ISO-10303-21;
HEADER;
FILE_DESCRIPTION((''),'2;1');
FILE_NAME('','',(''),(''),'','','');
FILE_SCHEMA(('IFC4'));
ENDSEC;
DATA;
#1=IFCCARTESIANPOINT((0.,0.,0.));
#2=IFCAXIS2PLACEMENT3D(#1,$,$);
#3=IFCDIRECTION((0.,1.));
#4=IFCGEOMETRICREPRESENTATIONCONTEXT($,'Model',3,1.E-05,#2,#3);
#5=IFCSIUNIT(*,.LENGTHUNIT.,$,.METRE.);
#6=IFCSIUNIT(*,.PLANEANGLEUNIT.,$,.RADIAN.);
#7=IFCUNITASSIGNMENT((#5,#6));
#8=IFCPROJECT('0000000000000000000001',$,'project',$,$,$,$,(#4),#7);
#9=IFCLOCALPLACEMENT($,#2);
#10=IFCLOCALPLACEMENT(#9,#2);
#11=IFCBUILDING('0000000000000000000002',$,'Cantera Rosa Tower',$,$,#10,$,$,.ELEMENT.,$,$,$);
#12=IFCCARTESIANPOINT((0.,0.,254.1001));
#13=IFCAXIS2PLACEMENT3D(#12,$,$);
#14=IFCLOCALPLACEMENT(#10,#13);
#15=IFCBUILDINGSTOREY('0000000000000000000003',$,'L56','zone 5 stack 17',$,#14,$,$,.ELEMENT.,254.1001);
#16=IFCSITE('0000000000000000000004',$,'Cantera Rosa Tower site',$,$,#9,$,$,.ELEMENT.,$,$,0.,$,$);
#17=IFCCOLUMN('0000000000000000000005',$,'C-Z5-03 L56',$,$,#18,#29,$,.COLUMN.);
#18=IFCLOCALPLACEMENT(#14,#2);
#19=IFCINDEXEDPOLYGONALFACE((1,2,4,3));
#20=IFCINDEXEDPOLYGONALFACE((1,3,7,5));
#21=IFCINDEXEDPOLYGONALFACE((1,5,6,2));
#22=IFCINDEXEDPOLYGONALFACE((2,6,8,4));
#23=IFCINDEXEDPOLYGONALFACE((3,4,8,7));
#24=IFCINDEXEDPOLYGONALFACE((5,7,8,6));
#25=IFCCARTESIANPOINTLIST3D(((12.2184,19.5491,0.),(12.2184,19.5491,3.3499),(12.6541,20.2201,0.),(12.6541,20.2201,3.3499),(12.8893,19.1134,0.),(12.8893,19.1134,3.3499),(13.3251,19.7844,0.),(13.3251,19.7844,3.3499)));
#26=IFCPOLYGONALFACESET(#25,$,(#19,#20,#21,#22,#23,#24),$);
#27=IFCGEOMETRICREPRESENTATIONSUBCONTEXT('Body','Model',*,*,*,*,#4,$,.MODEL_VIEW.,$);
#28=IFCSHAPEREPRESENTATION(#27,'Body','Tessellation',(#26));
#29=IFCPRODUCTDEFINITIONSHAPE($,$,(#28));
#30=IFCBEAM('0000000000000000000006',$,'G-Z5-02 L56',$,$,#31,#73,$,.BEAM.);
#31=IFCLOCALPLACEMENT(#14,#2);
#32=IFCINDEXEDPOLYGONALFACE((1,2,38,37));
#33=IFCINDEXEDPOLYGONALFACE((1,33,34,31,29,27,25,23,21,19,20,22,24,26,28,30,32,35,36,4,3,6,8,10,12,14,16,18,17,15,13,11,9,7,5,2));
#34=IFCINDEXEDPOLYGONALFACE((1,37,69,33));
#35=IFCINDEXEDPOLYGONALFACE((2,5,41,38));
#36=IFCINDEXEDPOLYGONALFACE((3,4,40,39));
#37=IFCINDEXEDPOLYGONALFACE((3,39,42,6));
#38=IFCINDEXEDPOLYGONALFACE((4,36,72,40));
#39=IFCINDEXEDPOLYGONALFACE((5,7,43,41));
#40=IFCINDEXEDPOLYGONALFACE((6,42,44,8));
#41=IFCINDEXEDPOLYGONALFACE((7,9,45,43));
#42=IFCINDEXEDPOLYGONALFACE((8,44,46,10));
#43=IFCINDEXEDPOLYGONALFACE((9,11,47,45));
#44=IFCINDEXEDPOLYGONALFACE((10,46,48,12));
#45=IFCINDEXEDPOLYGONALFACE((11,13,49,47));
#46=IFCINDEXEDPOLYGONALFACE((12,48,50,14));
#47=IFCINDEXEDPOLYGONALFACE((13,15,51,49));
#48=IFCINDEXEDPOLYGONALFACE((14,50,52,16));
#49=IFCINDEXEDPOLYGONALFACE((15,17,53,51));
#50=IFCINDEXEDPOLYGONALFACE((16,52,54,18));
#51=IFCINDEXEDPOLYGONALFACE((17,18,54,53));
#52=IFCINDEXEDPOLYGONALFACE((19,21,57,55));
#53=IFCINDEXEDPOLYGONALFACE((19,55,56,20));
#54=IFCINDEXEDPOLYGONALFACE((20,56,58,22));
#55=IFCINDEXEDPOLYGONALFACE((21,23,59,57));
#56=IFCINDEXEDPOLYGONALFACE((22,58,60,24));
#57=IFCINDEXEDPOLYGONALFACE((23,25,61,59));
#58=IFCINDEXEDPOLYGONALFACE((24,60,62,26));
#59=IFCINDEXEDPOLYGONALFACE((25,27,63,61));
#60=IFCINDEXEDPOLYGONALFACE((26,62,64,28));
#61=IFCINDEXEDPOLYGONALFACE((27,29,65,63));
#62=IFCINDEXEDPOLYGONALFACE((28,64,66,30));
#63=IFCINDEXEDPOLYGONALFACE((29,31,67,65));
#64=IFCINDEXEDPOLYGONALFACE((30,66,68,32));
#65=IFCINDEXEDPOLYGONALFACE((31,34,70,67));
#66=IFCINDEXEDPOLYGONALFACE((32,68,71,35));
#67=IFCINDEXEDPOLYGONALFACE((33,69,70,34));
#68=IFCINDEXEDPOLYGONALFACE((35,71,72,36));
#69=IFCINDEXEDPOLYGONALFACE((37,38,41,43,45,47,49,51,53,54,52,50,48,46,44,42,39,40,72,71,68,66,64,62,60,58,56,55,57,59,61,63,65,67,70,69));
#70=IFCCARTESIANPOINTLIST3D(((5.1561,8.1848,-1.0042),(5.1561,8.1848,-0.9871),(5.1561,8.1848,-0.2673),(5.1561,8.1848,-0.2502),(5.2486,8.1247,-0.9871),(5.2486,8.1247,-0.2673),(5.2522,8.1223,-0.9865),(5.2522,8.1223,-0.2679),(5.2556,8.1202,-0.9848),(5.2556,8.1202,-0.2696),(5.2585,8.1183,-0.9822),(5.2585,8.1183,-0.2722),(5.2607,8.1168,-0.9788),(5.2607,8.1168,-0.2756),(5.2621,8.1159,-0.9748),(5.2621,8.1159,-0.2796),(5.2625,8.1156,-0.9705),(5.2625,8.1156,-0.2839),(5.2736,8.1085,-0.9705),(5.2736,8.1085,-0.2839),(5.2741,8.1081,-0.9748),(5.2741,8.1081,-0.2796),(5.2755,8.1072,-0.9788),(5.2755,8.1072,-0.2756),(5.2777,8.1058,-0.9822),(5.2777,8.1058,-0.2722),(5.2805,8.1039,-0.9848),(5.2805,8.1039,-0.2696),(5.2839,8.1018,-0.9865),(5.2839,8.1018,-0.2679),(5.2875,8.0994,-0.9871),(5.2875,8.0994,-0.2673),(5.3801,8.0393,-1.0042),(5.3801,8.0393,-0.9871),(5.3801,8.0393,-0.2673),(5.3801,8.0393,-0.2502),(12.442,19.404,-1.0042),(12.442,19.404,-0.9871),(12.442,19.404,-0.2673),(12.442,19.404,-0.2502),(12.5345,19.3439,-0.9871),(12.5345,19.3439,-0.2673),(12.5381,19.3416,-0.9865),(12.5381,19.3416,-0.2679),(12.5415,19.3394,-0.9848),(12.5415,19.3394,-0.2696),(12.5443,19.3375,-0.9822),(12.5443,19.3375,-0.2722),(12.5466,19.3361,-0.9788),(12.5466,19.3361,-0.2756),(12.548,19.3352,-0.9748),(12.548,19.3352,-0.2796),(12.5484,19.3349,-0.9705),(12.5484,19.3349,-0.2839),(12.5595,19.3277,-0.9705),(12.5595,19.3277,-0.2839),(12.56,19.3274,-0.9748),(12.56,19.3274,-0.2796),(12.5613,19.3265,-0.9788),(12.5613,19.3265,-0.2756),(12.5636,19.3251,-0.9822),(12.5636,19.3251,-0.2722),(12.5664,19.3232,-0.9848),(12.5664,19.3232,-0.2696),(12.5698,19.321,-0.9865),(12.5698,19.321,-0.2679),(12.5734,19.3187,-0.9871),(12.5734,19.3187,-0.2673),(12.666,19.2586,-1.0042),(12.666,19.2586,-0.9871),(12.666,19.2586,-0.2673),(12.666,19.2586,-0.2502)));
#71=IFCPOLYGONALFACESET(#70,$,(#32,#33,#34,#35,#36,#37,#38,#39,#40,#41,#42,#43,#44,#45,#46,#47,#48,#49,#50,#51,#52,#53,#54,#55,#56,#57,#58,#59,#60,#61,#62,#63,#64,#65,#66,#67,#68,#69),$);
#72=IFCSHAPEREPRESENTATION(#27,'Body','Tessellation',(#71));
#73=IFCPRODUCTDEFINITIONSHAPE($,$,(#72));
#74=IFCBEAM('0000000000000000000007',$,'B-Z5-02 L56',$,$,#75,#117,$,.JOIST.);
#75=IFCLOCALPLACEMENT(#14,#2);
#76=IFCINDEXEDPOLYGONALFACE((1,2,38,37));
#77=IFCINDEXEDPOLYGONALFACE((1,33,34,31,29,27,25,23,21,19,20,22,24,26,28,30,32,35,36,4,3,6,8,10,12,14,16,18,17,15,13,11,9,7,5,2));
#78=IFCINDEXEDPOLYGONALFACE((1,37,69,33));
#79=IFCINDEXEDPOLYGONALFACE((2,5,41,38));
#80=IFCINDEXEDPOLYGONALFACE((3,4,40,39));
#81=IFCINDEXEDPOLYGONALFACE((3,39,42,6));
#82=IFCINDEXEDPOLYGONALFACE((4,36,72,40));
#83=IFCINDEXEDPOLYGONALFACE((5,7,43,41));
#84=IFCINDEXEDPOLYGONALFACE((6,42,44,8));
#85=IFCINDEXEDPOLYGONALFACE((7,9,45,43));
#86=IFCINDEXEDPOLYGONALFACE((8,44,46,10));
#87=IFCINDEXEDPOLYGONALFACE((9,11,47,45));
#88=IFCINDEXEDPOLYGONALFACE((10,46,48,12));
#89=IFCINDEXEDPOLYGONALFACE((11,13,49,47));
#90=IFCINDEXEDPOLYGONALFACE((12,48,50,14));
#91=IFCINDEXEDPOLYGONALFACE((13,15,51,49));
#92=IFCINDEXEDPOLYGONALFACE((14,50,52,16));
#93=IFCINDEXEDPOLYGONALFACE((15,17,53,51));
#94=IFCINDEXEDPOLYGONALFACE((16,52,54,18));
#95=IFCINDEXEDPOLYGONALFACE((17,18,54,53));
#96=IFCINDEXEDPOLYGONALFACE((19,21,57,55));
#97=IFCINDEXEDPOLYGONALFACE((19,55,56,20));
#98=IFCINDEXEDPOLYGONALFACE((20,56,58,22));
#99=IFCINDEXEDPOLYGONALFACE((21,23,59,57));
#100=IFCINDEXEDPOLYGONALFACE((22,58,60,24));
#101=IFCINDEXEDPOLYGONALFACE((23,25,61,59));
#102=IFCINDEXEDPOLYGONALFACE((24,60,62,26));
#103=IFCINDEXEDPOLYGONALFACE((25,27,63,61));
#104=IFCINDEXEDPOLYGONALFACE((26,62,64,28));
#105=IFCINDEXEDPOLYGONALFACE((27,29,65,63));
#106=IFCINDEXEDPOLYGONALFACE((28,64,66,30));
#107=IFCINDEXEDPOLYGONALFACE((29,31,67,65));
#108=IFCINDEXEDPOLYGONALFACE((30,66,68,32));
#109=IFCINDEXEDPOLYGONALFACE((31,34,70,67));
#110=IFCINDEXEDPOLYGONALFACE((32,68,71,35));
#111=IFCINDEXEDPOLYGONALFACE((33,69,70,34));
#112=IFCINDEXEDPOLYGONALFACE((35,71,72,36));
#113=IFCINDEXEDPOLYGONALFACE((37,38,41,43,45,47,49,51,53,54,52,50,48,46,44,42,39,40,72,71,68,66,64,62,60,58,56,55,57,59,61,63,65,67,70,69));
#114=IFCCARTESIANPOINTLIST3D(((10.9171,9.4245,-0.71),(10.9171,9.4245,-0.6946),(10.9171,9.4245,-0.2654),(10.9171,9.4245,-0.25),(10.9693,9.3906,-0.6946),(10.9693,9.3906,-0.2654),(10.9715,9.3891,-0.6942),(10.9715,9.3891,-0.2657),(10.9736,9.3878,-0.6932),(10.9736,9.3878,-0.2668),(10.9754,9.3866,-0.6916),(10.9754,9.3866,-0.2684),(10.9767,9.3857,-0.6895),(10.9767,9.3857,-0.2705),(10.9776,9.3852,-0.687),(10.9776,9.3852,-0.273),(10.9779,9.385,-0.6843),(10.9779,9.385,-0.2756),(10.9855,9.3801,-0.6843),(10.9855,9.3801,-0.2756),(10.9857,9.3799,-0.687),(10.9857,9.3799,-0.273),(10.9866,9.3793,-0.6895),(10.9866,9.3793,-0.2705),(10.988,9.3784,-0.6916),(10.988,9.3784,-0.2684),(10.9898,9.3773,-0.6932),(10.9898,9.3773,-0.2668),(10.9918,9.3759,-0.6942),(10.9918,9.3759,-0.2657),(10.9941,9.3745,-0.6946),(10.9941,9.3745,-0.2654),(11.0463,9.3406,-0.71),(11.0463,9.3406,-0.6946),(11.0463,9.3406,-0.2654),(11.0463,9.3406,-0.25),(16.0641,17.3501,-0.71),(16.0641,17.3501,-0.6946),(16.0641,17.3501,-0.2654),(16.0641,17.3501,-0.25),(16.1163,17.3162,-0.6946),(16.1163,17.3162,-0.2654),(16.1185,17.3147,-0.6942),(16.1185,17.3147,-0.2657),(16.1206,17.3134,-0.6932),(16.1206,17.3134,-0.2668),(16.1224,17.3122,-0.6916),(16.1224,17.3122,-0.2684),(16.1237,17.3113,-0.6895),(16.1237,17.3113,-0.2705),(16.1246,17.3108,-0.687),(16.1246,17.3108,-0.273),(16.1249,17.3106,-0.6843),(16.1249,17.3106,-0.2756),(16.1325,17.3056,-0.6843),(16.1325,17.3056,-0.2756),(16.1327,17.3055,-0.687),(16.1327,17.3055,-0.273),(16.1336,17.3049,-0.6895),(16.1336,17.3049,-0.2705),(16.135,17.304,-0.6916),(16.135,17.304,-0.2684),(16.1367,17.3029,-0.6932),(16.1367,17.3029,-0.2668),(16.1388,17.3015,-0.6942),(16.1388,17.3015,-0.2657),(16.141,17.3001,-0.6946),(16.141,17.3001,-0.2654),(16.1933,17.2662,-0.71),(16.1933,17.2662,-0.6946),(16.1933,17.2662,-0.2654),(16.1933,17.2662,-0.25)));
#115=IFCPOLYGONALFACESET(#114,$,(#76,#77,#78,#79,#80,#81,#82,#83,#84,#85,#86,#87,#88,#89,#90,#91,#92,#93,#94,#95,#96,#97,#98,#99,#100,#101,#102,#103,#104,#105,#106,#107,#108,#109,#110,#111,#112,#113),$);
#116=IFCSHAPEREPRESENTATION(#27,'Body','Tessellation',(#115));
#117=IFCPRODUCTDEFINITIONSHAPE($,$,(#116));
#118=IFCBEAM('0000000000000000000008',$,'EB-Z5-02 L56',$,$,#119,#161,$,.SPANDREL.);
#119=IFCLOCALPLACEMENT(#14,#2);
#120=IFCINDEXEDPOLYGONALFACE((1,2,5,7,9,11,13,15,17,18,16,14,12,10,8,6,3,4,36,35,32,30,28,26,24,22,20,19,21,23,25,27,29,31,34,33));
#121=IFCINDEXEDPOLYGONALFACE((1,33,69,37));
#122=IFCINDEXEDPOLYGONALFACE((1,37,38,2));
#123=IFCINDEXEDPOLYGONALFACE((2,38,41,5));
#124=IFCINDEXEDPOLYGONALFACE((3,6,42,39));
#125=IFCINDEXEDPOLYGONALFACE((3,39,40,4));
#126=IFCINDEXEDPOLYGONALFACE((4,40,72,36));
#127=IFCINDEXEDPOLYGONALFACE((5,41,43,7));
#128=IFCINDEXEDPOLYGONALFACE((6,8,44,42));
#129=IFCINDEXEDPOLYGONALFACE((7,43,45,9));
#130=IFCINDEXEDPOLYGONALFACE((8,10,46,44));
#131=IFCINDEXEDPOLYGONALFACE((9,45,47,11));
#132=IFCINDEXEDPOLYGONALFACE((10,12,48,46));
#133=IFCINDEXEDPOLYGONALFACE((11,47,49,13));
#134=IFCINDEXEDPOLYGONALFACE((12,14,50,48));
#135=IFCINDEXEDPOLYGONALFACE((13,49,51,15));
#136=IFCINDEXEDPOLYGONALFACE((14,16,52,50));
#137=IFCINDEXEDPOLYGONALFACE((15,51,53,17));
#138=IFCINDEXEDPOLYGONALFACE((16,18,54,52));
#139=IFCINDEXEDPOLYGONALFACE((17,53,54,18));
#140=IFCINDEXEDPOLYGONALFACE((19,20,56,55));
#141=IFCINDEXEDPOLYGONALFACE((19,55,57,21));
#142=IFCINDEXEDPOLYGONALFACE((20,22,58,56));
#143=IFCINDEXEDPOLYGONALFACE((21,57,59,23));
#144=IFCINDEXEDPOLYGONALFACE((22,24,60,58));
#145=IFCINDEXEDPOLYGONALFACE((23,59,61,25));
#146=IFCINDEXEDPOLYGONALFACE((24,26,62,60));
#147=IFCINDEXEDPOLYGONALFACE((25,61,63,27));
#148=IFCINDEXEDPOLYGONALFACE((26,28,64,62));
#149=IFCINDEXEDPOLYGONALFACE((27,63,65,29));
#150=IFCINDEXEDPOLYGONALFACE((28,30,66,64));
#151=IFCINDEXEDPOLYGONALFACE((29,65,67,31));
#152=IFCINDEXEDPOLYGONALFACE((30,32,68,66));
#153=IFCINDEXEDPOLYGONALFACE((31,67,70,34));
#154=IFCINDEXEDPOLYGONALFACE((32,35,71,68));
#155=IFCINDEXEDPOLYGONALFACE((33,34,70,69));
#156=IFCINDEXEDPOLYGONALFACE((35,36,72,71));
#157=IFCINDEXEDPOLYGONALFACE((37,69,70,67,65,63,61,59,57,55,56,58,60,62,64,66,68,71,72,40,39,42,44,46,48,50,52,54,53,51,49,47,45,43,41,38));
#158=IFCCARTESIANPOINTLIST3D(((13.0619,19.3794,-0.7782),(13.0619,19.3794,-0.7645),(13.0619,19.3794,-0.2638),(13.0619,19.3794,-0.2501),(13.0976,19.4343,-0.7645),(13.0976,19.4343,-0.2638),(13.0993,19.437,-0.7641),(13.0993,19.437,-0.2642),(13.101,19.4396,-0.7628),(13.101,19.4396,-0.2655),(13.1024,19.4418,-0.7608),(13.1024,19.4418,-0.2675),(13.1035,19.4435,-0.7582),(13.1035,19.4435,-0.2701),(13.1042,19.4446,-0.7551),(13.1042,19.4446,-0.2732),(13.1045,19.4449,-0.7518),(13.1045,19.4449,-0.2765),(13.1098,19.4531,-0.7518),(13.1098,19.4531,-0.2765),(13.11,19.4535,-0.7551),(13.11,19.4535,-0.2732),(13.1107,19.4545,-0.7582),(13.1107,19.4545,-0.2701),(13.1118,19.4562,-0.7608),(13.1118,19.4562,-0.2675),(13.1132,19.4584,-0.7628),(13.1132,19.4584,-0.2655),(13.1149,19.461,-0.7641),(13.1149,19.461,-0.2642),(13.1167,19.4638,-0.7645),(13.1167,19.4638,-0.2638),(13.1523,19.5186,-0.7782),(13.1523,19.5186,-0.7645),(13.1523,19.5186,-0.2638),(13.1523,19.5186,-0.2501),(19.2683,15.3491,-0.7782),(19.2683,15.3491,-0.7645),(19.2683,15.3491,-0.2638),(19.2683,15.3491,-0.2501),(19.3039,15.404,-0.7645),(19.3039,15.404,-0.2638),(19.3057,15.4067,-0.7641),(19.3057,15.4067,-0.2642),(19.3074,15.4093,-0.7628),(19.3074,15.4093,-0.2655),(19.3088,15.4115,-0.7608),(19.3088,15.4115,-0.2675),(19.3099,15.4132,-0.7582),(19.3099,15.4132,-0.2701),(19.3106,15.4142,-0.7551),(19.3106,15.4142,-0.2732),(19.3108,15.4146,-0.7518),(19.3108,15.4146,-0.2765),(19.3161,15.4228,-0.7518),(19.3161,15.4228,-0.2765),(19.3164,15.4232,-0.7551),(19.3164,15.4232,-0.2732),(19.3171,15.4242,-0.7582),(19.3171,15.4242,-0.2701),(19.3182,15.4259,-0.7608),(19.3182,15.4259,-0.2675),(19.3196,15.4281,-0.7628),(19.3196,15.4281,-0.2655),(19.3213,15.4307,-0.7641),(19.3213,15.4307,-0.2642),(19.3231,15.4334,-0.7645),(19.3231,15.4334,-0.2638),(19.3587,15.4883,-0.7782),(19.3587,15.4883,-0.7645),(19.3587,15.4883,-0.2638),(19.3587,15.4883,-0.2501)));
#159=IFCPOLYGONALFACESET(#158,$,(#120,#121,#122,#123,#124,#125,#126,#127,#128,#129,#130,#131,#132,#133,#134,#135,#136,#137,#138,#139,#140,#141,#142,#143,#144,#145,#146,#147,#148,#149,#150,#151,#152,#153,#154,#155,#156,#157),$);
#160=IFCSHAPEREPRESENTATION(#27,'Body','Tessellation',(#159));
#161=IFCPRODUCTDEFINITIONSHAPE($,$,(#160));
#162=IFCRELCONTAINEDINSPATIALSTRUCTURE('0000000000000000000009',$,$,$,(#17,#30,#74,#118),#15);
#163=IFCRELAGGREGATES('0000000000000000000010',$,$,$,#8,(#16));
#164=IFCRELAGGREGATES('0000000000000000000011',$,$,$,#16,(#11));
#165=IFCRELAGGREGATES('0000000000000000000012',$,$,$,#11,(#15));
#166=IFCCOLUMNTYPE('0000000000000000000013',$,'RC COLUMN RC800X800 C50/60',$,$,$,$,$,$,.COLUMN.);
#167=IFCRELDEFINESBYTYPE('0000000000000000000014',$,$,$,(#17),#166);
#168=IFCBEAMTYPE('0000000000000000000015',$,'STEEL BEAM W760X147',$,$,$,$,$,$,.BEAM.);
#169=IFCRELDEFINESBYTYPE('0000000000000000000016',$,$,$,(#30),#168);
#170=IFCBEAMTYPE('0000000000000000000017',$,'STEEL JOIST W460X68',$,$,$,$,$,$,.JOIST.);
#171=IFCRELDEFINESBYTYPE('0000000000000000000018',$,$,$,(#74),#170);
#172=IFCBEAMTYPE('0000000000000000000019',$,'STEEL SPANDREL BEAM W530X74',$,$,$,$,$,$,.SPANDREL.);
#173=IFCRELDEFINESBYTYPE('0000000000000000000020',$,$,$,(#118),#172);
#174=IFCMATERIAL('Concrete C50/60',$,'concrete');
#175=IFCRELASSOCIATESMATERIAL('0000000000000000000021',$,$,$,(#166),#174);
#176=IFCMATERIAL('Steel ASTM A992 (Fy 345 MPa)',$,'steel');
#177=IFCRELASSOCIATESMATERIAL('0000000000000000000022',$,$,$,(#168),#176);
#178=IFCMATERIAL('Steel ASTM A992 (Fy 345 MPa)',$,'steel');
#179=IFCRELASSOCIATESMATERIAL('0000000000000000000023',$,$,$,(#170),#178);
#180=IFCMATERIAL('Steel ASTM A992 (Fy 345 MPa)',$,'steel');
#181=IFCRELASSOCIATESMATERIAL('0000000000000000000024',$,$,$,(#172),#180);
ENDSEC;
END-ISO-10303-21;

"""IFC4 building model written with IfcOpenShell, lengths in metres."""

from ifc_helpers import new_model, si_unit, direction, frame, origin, origin_2d, place, context, subcontext, project, spatial, rectangle, i_section, extrude, material, material_profile, profile_set, type_object, element, save


model = new_model("IFC4")

# Units and contexts
model_context = context("Model", 3, precision=1e-05, world=origin(), true_north=direction((0.0, 1.0)))
body_context = subcontext(model_context, "Body", "Model", "MODEL_VIEW")
ifc_project = project(units=[si_unit("LENGTHUNIT", "METRE"), si_unit("PLANEANGLEUNIT", "RADIAN")], contexts=[model_context])

# Site, building, storey
site_placement = place(None, origin())
site = spatial("IfcSite", under=ifc_project, at=site_placement, Name="Cantera Rosa Tower site", CompositionType="ELEMENT", RefElevation=0.0)
building_placement = place(site_placement, origin())
building = spatial("IfcBuilding", under=site, at=building_placement, Name="Cantera Rosa Tower", CompositionType="ELEMENT")
storey_placement = place(building_placement, frame((0.0, 0.0, 254.1001)))
storey = spatial("IfcBuildingStorey", under=building, at=storey_placement, Name="L56", Description="zone 5 stack 17", CompositionType="ELEMENT", Elevation=254.1001)

# Column
ifc_material_1 = material(Name="Concrete C50/60", Category="concrete")
ifc_material_profile_1 = material_profile(ifc_material_1, rectangle(XDim=0.8, YDim=0.8, at=origin_2d()), Name="RC COLUMN RC800X800 C50/60")
ifc_profile_set_1 = profile_set([ifc_material_profile_1], Name="Concrete C50/60")
column_type = type_object("IfcColumnType", Name="RC COLUMN RC800X800 C50/60", PredefinedType="COLUMN", material=ifc_profile_set_1)
column_placement = place(storey_placement, frame((12.7717, 19.6667, 0.0), z_axis=(0.0, 0.0, 1.0), x_axis=(0.544639, 0.838671, 0.0)))
element("IfcColumn", 1, at=column_placement, inside=storey, type_object=column_type, Name="C-Z5-03 L56", PredefinedType="COLUMN", context=body_context, shape_type="SweptSolid", body=[
    extrude(rectangle(XDim=0.8, YDim=0.8, at=origin_2d()), origin(), (0.0, 0.0, 1.0), 3.3499),
])

# Beams
ifc_material_2 = material(Name="Steel ASTM A992 (Fy 345 MPa)", Category="steel")
ifc_material_profile_2 = material_profile(ifc_material_2, i_section(OverallWidth=0.2671, OverallDepth=0.7539, WebThickness=0.0132, FlangeThickness=0.0171, FilletRadius=0.0166, at=origin_2d()), Name="W760X147")
ifc_profile_set_2 = profile_set([ifc_material_profile_2], Name="Steel ASTM A992 (Fy 345 MPa)")
beam_type_1 = type_object("IfcBeamType", Name="STEEL BEAM W760X147", PredefinedType="BEAM", material=ifc_profile_set_2)
beam_1_placement = place(storey_placement, frame((12.554, 19.3313, -0.6272), z_axis=(-0.544641, -0.83867, 0.0), x_axis=(0.83867, -0.544641, 0.0)))
element("IfcBeam", 2, at=beam_1_placement, inside=storey, type_object=beam_type_1, Name="G-Z5-02 L56", PredefinedType="BEAM", context=body_context, shape_type="SweptSolid", body=[
    extrude(i_section(OverallWidth=0.2671, OverallDepth=0.7539, WebThickness=0.0132, FlangeThickness=0.0171, FilletRadius=0.0166, at=origin_2d()), origin(), (0.0, 0.0, 1.0), 13.3774),
])
ifc_material_3 = material(Name="Steel ASTM A992 (Fy 345 MPa)", Category="steel")
ifc_material_profile_3 = material_profile(ifc_material_3, i_section(OverallWidth=0.1541, OverallDepth=0.46, WebThickness=0.009, FlangeThickness=0.0154, FilletRadius=0.0103, at=origin_2d()), Name="W460X68")
ifc_profile_set_3 = profile_set([ifc_material_profile_3], Name="Steel ASTM A992 (Fy 345 MPa)")
beam_type_2 = type_object("IfcBeamType", Name="STEEL JOIST W460X68", PredefinedType="JOIST", material=ifc_profile_set_3)
beam_2_placement = place(storey_placement, frame((16.1287, 17.3081, -0.48), z_axis=(-0.544644, -0.838667, 0.0), x_axis=(0.838667, -0.544644, 0.0)))
element("IfcBeam", 3, at=beam_2_placement, inside=storey, type_object=beam_type_2, Name="B-Z5-02 L56", PredefinedType="JOIST", context=body_context, shape_type="SweptSolid", body=[
    extrude(i_section(OverallWidth=0.1541, OverallDepth=0.46, WebThickness=0.009, FlangeThickness=0.0154, FilletRadius=0.0103, at=origin_2d()), origin(), (0.0, 0.0, 1.0), 9.4502),
])
ifc_material_4 = material(Name="Steel ASTM A992 (Fy 345 MPa)", Category="steel")
ifc_material_profile_4 = material_profile(ifc_material_4, i_section(OverallWidth=0.166, OverallDepth=0.5281, WebThickness=0.0098, FlangeThickness=0.0137, FilletRadius=0.0127, at=origin_2d()), Name="W530X74")
ifc_profile_set_4 = profile_set([ifc_material_profile_4], Name="Steel ASTM A992 (Fy 345 MPa)")
beam_type_3 = type_object("IfcBeamType", Name="STEEL SPANDREL BEAM W530X74", PredefinedType="SPANDREL", material=ifc_profile_set_4)
beam_3_placement = place(storey_placement, frame((19.3135, 15.4187, -0.5142), z_axis=(-0.838679, 0.544625, 0.0), x_axis=(-0.544625, -0.838679, 0.0)))
element("IfcBeam", 4, at=beam_3_placement, inside=storey, type_object=beam_type_3, Name="EB-Z5-02 L56", PredefinedType="SPANDREL", context=body_context, shape_type="SweptSolid", body=[
    extrude(i_section(OverallWidth=0.166, OverallDepth=0.5281, WebThickness=0.0098, FlangeThickness=0.0137, FilletRadius=0.0127, at=origin_2d()), origin(), (0.0, 0.0, 1.0), 7.4001),
])

save(model, "model.ifc")
